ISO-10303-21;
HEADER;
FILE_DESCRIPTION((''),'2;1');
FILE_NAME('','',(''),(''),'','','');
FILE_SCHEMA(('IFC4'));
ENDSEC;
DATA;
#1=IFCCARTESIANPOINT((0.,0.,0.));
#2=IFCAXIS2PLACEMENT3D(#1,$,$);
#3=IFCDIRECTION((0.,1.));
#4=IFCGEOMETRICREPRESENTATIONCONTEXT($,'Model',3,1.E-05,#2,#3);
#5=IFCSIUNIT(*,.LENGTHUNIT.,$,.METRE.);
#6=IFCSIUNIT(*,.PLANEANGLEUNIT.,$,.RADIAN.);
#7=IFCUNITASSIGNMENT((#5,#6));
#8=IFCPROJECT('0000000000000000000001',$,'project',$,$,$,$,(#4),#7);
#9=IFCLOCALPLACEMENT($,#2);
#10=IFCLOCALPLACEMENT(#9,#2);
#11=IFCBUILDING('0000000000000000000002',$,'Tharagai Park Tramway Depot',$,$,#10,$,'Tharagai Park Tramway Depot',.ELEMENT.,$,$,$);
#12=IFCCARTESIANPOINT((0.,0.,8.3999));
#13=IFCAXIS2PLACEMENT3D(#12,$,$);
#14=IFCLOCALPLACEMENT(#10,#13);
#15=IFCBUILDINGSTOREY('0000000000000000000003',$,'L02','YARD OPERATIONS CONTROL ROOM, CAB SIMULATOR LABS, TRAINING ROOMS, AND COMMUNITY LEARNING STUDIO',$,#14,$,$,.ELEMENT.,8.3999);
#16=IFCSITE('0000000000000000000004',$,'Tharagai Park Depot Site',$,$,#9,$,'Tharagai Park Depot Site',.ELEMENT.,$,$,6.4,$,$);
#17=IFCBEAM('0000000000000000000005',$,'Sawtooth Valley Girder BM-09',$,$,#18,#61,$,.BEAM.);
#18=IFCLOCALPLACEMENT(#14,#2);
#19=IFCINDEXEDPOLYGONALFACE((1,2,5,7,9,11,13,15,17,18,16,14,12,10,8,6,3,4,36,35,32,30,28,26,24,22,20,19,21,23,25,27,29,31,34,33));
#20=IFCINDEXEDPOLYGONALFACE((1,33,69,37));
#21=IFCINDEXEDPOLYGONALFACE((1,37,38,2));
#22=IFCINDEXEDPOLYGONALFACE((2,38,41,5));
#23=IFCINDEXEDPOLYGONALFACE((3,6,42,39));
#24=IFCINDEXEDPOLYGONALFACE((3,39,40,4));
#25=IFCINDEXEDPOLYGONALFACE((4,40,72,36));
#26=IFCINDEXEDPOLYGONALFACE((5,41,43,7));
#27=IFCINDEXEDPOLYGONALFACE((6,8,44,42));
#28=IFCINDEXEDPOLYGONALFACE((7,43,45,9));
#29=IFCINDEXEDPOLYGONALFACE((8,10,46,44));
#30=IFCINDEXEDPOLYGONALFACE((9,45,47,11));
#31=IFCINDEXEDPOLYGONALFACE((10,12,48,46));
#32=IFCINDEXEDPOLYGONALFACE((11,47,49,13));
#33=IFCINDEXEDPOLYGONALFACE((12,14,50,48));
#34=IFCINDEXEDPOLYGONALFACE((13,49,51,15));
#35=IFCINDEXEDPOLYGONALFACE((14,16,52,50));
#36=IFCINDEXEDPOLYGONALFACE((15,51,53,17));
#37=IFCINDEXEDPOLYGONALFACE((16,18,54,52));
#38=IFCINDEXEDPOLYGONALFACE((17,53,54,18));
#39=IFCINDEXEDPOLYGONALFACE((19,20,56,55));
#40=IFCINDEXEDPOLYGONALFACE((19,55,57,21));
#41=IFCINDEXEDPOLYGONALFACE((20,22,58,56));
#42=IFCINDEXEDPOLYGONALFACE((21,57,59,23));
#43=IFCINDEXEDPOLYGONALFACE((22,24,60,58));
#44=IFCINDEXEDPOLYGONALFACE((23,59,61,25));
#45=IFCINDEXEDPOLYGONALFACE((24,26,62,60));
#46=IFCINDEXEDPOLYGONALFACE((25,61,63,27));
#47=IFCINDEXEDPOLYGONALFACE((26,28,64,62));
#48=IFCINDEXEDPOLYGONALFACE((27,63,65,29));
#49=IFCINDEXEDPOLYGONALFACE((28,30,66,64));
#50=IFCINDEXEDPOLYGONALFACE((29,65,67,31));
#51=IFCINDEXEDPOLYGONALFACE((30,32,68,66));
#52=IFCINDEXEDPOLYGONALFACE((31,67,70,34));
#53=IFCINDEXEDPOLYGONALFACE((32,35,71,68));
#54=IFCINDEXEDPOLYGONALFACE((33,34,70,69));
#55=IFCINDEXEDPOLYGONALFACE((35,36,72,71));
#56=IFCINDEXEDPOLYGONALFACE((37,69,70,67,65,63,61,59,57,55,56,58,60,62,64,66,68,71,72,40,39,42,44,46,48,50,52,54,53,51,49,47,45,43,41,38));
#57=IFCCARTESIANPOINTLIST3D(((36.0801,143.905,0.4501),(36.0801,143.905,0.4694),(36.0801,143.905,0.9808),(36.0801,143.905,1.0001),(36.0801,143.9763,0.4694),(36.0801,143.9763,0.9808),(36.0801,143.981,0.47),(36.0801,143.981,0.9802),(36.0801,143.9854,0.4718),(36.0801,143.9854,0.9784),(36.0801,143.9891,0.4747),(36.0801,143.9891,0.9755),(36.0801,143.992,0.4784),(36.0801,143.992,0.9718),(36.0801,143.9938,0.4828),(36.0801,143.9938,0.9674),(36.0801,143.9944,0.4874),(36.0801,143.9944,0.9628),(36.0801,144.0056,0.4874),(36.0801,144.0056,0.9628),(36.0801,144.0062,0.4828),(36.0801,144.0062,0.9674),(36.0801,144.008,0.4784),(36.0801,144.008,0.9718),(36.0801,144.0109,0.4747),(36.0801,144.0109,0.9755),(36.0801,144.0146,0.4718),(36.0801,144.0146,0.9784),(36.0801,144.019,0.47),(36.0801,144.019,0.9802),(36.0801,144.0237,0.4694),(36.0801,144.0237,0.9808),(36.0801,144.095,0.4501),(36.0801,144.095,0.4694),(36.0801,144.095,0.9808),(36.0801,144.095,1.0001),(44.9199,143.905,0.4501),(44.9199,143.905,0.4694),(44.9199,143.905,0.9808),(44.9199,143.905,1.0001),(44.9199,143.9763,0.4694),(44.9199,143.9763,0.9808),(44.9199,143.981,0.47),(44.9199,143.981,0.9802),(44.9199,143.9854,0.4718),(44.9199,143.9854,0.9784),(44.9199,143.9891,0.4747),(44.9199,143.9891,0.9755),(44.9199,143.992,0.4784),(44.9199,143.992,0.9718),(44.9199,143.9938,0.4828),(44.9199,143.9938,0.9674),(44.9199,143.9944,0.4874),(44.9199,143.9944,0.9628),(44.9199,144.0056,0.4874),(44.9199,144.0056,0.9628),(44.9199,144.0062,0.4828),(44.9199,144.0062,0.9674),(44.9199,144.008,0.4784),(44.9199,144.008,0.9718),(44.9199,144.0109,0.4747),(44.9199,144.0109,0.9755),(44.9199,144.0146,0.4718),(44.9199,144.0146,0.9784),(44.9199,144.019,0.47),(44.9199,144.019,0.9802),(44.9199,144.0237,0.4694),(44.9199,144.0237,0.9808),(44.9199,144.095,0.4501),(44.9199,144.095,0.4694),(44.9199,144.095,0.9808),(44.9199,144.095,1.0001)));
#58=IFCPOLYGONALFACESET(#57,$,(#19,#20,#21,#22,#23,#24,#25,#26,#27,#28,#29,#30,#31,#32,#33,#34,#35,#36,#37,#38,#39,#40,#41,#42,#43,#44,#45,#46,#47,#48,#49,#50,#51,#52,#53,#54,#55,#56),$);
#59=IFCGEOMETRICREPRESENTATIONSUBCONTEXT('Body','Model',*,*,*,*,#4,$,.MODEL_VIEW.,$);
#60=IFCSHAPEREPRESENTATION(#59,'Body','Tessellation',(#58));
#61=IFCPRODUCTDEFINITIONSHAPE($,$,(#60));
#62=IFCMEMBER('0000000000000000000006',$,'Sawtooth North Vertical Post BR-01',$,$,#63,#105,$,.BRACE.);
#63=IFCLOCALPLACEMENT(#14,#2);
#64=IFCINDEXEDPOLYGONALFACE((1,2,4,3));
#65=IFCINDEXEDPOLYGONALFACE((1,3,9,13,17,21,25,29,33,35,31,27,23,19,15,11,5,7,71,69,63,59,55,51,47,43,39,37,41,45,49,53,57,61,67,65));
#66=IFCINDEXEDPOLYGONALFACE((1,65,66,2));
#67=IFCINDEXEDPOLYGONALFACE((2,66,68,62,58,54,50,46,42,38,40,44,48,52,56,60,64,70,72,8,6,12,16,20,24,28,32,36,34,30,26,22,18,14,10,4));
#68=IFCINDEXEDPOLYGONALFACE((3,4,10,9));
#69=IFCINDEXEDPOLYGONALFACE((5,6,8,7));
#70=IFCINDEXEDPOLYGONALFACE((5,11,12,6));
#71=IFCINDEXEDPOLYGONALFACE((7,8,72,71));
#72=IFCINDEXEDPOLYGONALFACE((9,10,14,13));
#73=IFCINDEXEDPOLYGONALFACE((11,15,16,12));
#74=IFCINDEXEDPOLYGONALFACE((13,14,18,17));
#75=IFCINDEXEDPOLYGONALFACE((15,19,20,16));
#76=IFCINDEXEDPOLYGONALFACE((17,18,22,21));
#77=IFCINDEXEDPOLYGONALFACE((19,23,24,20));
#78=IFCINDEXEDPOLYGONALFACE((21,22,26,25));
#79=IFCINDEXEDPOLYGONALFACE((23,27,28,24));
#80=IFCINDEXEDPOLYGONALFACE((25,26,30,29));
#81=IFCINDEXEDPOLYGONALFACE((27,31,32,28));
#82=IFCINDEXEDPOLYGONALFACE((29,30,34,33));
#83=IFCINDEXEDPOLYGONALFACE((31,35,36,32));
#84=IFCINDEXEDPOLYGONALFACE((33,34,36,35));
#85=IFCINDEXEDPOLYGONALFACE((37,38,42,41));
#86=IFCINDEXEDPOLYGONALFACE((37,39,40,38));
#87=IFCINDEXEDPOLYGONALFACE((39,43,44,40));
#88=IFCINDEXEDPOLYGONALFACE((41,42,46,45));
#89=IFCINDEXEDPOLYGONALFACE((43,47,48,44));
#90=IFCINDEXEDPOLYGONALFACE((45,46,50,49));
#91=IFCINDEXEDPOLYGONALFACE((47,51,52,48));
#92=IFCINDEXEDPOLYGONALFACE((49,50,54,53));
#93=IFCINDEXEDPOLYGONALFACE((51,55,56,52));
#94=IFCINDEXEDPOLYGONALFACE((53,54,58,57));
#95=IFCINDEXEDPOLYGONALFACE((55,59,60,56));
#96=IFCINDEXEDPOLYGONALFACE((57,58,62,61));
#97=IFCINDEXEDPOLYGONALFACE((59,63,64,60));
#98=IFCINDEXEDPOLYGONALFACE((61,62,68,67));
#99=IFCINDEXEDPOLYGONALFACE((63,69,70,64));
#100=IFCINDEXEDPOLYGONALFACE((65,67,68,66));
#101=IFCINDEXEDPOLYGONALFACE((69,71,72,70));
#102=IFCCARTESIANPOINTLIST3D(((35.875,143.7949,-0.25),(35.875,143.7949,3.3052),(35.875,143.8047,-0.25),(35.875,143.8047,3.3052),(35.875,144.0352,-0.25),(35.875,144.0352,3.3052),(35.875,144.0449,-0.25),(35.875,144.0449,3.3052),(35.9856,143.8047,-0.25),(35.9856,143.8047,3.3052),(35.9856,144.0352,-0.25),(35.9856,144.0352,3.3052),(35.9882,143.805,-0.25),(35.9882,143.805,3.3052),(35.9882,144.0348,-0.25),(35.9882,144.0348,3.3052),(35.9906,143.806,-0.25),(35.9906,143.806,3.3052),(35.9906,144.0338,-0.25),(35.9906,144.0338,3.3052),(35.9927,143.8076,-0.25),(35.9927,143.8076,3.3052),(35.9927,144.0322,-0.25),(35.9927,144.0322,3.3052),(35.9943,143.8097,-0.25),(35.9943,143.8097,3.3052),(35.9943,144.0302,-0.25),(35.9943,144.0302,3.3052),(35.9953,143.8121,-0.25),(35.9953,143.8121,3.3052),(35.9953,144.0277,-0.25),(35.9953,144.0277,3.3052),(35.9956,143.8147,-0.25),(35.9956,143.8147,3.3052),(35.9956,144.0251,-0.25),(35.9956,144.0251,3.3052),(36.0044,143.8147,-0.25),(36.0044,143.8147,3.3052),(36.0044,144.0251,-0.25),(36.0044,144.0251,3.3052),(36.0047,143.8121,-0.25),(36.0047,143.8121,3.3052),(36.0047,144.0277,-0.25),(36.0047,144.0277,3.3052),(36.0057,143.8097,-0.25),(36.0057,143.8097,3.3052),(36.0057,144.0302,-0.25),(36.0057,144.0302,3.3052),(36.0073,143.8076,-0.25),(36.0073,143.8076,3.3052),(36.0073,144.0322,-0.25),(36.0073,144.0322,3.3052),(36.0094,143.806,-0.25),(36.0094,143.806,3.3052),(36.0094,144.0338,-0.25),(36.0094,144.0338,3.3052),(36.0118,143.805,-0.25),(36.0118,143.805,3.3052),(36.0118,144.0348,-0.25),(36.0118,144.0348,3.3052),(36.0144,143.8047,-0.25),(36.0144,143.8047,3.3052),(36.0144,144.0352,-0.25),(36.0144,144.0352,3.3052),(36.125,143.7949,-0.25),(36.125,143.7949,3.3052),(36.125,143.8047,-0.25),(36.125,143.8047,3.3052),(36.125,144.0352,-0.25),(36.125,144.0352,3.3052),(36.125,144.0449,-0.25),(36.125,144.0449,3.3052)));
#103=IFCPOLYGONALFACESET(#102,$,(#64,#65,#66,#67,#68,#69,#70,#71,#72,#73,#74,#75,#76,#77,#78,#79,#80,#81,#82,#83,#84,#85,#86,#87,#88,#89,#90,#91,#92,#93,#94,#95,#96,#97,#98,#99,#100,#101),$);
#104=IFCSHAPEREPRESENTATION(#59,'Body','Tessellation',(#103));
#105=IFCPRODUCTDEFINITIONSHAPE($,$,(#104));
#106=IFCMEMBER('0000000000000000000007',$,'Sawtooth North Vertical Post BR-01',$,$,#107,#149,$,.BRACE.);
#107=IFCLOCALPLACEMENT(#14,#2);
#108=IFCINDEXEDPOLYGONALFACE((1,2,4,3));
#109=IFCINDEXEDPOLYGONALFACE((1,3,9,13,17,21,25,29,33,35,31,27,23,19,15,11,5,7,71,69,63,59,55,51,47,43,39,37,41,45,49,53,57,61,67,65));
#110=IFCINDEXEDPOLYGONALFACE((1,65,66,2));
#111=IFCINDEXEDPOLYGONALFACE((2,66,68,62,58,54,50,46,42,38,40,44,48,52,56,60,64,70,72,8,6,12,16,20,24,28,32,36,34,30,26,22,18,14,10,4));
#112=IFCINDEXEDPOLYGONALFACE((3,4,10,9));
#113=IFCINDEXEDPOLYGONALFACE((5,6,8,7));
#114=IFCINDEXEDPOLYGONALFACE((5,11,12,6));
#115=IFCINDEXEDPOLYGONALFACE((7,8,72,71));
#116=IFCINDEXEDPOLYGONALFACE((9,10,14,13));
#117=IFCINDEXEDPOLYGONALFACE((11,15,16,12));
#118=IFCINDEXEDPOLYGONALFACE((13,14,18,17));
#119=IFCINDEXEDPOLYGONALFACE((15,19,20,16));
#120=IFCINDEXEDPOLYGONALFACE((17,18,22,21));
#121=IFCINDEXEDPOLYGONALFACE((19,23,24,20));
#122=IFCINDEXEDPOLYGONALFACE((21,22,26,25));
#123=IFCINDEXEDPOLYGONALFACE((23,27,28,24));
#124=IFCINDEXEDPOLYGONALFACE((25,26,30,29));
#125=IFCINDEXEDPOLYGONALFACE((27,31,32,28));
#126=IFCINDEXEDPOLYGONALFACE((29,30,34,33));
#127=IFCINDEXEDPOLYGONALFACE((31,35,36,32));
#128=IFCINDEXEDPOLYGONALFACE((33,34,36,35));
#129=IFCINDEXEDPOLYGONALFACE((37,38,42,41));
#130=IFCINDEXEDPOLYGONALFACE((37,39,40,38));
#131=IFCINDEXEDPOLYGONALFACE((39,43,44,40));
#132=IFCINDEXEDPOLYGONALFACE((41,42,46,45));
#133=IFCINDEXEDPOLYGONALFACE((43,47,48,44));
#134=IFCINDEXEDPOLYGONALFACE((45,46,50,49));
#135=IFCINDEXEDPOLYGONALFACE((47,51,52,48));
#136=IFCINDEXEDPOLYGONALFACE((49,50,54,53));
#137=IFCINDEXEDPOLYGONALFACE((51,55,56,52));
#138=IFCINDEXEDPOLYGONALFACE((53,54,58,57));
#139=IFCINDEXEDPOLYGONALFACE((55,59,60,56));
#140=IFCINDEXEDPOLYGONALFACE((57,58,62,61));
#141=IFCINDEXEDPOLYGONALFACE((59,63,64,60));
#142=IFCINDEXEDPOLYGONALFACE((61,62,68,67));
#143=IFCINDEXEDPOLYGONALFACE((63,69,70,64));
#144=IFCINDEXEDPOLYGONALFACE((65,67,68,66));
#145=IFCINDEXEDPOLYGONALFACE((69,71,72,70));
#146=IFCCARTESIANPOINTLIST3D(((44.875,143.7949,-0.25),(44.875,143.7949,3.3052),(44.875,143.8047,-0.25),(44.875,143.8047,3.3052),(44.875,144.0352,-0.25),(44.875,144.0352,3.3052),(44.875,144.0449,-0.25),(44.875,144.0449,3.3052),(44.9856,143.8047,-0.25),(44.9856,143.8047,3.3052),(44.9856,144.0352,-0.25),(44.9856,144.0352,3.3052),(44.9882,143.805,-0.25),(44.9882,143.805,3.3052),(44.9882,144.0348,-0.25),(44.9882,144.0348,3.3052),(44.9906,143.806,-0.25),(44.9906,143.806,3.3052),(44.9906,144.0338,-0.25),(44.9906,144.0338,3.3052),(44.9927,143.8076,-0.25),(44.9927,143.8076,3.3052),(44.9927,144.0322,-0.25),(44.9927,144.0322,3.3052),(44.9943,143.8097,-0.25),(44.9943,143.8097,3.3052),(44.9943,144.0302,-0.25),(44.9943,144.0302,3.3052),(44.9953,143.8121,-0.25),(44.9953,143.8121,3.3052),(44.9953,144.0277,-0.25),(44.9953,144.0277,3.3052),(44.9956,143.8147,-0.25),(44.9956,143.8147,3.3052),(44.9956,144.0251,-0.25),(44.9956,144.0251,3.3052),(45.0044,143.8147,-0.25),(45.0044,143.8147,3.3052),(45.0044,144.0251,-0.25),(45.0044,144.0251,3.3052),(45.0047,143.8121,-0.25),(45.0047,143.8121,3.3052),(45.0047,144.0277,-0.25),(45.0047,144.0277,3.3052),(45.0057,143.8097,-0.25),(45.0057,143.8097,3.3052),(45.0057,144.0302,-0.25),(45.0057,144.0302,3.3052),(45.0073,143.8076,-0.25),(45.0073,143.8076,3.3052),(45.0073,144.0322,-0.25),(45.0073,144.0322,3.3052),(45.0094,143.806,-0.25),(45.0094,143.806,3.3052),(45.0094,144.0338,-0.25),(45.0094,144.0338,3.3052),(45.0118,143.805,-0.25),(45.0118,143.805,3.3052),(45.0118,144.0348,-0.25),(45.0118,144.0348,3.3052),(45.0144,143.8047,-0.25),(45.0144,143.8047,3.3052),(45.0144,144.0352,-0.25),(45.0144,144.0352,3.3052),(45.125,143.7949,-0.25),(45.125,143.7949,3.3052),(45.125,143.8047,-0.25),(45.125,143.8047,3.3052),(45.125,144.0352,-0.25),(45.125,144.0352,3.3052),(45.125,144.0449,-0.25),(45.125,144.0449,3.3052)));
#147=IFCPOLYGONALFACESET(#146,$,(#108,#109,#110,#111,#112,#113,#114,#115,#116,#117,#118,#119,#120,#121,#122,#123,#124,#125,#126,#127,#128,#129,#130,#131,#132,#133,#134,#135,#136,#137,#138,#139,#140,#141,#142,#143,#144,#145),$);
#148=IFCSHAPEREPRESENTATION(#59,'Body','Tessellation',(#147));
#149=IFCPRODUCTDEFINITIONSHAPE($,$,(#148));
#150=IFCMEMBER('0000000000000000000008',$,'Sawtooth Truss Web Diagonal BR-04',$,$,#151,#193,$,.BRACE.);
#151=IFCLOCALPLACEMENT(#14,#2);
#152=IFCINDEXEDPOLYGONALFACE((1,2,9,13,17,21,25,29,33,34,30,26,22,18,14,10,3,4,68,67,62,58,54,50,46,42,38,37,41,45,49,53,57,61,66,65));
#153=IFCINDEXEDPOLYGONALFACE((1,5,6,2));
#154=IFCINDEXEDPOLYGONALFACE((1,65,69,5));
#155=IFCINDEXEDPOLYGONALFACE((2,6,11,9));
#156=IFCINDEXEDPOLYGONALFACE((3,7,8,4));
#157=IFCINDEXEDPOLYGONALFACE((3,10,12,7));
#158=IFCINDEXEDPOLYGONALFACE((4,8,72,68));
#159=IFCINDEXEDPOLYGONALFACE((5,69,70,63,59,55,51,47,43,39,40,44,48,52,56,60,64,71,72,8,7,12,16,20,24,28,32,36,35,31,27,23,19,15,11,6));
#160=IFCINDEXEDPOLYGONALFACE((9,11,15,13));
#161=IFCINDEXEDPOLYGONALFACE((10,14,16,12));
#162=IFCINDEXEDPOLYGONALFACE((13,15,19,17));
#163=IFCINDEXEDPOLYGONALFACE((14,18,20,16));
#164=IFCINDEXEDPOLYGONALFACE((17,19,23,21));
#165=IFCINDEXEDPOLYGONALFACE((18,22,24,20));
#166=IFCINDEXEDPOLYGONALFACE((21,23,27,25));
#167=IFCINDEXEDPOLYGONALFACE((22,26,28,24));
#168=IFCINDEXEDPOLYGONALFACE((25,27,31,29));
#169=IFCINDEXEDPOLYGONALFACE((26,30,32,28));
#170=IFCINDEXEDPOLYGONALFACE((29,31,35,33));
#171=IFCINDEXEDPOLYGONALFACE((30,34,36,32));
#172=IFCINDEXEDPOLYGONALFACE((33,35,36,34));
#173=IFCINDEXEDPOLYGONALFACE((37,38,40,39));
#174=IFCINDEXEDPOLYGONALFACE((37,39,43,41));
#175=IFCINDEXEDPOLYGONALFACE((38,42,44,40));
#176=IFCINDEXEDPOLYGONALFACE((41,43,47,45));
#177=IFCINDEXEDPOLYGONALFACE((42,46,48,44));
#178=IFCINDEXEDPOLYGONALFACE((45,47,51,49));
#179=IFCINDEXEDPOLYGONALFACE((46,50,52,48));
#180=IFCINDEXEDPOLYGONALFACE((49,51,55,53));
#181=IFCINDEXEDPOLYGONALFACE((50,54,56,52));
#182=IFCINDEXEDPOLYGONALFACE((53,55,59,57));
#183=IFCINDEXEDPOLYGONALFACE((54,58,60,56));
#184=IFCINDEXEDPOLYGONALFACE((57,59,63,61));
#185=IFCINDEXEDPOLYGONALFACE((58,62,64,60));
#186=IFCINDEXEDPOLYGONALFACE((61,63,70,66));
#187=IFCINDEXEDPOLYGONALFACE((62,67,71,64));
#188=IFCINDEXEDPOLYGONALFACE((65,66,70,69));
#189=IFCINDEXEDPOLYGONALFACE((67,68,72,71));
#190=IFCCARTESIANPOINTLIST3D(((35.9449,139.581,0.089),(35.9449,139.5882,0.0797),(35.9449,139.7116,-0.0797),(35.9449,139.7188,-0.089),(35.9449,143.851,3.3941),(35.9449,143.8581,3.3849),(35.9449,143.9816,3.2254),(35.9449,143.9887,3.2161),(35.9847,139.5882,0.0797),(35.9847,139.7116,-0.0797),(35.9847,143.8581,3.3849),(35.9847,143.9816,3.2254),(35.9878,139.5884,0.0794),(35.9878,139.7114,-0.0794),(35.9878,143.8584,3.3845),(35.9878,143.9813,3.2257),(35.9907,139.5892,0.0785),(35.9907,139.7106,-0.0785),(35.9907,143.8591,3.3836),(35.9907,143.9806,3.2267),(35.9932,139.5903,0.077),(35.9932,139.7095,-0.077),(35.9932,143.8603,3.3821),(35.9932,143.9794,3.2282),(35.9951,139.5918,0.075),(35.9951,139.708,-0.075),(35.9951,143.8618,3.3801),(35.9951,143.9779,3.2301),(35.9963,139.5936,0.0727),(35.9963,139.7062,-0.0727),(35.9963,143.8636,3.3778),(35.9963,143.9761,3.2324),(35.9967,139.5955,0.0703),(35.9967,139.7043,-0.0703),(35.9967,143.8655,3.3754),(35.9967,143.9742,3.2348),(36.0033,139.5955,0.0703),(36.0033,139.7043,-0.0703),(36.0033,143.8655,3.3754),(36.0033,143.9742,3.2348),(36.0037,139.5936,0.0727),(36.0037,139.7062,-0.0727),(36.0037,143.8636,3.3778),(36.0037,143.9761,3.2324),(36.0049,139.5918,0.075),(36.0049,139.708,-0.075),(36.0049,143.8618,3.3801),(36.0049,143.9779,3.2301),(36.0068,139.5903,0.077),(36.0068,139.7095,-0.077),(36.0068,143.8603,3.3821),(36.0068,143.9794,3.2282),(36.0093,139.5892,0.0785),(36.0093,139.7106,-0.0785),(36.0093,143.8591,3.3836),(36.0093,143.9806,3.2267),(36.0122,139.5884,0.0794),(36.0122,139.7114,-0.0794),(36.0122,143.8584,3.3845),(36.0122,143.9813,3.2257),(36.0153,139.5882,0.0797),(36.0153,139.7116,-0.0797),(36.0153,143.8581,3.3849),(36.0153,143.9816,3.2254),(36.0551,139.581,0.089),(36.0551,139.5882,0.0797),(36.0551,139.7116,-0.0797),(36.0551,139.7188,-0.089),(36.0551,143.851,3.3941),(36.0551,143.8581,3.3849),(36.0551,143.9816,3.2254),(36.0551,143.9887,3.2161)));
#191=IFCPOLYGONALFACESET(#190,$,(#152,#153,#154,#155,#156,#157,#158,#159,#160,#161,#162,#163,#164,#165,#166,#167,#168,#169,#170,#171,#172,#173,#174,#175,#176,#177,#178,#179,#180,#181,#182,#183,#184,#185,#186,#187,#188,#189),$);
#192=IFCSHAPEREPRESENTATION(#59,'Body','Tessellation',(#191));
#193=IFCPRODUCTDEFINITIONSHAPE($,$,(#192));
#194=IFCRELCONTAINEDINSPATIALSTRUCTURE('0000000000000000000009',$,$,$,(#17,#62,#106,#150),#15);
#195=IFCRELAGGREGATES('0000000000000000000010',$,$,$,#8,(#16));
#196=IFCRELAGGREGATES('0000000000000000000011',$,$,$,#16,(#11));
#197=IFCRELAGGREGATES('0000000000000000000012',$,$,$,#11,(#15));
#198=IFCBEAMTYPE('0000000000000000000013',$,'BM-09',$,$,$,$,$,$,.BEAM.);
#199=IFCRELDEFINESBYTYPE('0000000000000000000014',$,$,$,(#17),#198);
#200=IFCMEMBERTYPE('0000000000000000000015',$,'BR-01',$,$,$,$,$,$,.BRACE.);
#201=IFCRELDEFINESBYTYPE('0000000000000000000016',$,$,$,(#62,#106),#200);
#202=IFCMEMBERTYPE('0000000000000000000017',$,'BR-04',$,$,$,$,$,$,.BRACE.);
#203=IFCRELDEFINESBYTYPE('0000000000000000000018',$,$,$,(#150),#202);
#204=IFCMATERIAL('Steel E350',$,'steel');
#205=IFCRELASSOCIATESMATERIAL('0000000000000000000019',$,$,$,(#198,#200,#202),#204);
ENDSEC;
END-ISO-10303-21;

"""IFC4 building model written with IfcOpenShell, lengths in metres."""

from ifc_helpers import new_model, si_unit, direction, frame, origin, origin_2d, place, context, subcontext, project, spatial, i_section, extrude, material, material_profile, profile_set, type_object, element, save


model = new_model("IFC4")

# Units and contexts
model_context = context("Model", 3, precision=1e-05, world=origin(), true_north=direction((0.0, 1.0)))
body_context = subcontext(model_context, "Body", "Model", "MODEL_VIEW")
ifc_project = project(units=[si_unit("LENGTHUNIT", "METRE"), si_unit("PLANEANGLEUNIT", "RADIAN")], contexts=[model_context])

# Site, building, storey
site_placement = place(None, origin())
site = spatial("IfcSite", under=ifc_project, at=site_placement, Name="Tharagai Park Depot Site", LongName="Tharagai Park Depot Site", CompositionType="ELEMENT", RefElevation=6.4)
building_placement = place(site_placement, origin())
building = spatial("IfcBuilding", under=site, at=building_placement, Name="Tharagai Park Tramway Depot", LongName="Tharagai Park Tramway Depot", CompositionType="ELEMENT")
storey_placement = place(building_placement, frame((0.0, 0.0, 8.3999)))
storey = spatial("IfcBuildingStorey", under=building, at=storey_placement, Name="L02", Description="YARD OPERATIONS CONTROL ROOM, CAB SIMULATOR LABS, TRAINING ROOMS, AND COMMUNITY LEARNING STUDIO", CompositionType="ELEMENT", Elevation=8.3999)

# Beam
ifc_material_1 = material(Name="Steel E350", Category="steel")
ifc_material_profile_1 = material_profile(ifc_material_1, i_section(OverallWidth=0.1899, OverallDepth=0.55, WebThickness=0.0112, FlangeThickness=0.0193, FilletRadius=0.0181, at=origin_2d()), Name="ISMB 550")
ifc_profile_set_1 = profile_set([ifc_material_profile_1], Name="Steel E350")
beam_type = type_object("IfcBeamType", Name="BM-09", PredefinedType="BEAM", material=ifc_profile_set_1)
beam_placement = place(storey_placement, frame((36.0801, 144.0, 0.7251), z_axis=(1.0, 0.0, 0.0), x_axis=(0.0, 1.0, 0.0)))
element("IfcBeam", 1, at=beam_placement, inside=storey, type_object=beam_type, Name="Sawtooth Valley Girder BM-09", PredefinedType="BEAM", context=body_context, shape_type="SweptSolid", body=[
    extrude(i_section(OverallWidth=0.1899, OverallDepth=0.55, WebThickness=0.0112, FlangeThickness=0.0193, FilletRadius=0.0181, at=origin_2d()), origin(), (0.0, 0.0, 1.0), 8.8398),
])

# Members
ifc_material_profile_2 = material_profile(ifc_material_1, i_section(OverallWidth=0.25, OverallDepth=0.25, WebThickness=0.0088, FlangeThickness=0.0098, FilletRadius=0.01, at=origin_2d()), Name="ISHB 250")
ifc_profile_set_2 = profile_set([ifc_material_profile_2], Name="Steel E350")
member_type_1 = type_object("IfcMemberType", Name="BR-01", PredefinedType="BRACE", material=ifc_profile_set_2)
for number, where, z_axis, x_axis, name in (
    (2, (36.0, 143.9199, -0.25), (0.0, 0.0, 1.0), (1.0, 0.0, 0.0), "Sawtooth North Vertical Post BR-01"),
    (3, (45.0, 143.9199, -0.25), (0.0, 0.0, 1.0), (1.0, 0.0, 0.0), "Sawtooth North Vertical Post BR-01"),
):
    element("IfcMember", number, at=place(storey_placement, frame(where, z_axis=z_axis, x_axis=x_axis)), inside=storey, type_object=member_type_1, Name=name, PredefinedType="BRACE", context=body_context, shape_type="SweptSolid", body=[
        extrude(i_section(OverallWidth=0.25, OverallDepth=0.25, WebThickness=0.0088, FlangeThickness=0.0098, FilletRadius=0.01, at=origin_2d()), origin(), (0.0, 0.0, 1.0), 3.5552),
    ])
ifc_material_profile_3 = material_profile(ifc_material_1, i_section(OverallWidth=0.1101, OverallDepth=0.2251, WebThickness=0.0066, FlangeThickness=0.0117, FilletRadius=0.012, at=origin_2d()), Name="ISMB 225")
ifc_profile_set_3 = profile_set([ifc_material_profile_3], Name="Steel E350")
member_type_2 = type_object("IfcMemberType", Name="BR-04", PredefinedType="BRACE", material=ifc_profile_set_3)
for number, where, z_axis, x_axis, name in (
    (4, (36.0, 139.6499, 0.0), (0.0, 0.790782, 0.612098), (-1.0, 0.0, 0.0), "Sawtooth Truss Web Diagonal BR-04"),
):
    element("IfcMember", number, at=place(storey_placement, frame(where, z_axis=z_axis, x_axis=x_axis)), inside=storey, type_object=member_type_2, Name=name, PredefinedType="BRACE", context=body_context, shape_type="SweptSolid", body=[
        extrude(i_section(OverallWidth=0.1101, OverallDepth=0.2251, WebThickness=0.0066, FlangeThickness=0.0117, FilletRadius=0.012, at=origin_2d()), origin(), (0.0, 0.0, 1.0), 5.3997),
    ])

save(model, "model.ifc")
